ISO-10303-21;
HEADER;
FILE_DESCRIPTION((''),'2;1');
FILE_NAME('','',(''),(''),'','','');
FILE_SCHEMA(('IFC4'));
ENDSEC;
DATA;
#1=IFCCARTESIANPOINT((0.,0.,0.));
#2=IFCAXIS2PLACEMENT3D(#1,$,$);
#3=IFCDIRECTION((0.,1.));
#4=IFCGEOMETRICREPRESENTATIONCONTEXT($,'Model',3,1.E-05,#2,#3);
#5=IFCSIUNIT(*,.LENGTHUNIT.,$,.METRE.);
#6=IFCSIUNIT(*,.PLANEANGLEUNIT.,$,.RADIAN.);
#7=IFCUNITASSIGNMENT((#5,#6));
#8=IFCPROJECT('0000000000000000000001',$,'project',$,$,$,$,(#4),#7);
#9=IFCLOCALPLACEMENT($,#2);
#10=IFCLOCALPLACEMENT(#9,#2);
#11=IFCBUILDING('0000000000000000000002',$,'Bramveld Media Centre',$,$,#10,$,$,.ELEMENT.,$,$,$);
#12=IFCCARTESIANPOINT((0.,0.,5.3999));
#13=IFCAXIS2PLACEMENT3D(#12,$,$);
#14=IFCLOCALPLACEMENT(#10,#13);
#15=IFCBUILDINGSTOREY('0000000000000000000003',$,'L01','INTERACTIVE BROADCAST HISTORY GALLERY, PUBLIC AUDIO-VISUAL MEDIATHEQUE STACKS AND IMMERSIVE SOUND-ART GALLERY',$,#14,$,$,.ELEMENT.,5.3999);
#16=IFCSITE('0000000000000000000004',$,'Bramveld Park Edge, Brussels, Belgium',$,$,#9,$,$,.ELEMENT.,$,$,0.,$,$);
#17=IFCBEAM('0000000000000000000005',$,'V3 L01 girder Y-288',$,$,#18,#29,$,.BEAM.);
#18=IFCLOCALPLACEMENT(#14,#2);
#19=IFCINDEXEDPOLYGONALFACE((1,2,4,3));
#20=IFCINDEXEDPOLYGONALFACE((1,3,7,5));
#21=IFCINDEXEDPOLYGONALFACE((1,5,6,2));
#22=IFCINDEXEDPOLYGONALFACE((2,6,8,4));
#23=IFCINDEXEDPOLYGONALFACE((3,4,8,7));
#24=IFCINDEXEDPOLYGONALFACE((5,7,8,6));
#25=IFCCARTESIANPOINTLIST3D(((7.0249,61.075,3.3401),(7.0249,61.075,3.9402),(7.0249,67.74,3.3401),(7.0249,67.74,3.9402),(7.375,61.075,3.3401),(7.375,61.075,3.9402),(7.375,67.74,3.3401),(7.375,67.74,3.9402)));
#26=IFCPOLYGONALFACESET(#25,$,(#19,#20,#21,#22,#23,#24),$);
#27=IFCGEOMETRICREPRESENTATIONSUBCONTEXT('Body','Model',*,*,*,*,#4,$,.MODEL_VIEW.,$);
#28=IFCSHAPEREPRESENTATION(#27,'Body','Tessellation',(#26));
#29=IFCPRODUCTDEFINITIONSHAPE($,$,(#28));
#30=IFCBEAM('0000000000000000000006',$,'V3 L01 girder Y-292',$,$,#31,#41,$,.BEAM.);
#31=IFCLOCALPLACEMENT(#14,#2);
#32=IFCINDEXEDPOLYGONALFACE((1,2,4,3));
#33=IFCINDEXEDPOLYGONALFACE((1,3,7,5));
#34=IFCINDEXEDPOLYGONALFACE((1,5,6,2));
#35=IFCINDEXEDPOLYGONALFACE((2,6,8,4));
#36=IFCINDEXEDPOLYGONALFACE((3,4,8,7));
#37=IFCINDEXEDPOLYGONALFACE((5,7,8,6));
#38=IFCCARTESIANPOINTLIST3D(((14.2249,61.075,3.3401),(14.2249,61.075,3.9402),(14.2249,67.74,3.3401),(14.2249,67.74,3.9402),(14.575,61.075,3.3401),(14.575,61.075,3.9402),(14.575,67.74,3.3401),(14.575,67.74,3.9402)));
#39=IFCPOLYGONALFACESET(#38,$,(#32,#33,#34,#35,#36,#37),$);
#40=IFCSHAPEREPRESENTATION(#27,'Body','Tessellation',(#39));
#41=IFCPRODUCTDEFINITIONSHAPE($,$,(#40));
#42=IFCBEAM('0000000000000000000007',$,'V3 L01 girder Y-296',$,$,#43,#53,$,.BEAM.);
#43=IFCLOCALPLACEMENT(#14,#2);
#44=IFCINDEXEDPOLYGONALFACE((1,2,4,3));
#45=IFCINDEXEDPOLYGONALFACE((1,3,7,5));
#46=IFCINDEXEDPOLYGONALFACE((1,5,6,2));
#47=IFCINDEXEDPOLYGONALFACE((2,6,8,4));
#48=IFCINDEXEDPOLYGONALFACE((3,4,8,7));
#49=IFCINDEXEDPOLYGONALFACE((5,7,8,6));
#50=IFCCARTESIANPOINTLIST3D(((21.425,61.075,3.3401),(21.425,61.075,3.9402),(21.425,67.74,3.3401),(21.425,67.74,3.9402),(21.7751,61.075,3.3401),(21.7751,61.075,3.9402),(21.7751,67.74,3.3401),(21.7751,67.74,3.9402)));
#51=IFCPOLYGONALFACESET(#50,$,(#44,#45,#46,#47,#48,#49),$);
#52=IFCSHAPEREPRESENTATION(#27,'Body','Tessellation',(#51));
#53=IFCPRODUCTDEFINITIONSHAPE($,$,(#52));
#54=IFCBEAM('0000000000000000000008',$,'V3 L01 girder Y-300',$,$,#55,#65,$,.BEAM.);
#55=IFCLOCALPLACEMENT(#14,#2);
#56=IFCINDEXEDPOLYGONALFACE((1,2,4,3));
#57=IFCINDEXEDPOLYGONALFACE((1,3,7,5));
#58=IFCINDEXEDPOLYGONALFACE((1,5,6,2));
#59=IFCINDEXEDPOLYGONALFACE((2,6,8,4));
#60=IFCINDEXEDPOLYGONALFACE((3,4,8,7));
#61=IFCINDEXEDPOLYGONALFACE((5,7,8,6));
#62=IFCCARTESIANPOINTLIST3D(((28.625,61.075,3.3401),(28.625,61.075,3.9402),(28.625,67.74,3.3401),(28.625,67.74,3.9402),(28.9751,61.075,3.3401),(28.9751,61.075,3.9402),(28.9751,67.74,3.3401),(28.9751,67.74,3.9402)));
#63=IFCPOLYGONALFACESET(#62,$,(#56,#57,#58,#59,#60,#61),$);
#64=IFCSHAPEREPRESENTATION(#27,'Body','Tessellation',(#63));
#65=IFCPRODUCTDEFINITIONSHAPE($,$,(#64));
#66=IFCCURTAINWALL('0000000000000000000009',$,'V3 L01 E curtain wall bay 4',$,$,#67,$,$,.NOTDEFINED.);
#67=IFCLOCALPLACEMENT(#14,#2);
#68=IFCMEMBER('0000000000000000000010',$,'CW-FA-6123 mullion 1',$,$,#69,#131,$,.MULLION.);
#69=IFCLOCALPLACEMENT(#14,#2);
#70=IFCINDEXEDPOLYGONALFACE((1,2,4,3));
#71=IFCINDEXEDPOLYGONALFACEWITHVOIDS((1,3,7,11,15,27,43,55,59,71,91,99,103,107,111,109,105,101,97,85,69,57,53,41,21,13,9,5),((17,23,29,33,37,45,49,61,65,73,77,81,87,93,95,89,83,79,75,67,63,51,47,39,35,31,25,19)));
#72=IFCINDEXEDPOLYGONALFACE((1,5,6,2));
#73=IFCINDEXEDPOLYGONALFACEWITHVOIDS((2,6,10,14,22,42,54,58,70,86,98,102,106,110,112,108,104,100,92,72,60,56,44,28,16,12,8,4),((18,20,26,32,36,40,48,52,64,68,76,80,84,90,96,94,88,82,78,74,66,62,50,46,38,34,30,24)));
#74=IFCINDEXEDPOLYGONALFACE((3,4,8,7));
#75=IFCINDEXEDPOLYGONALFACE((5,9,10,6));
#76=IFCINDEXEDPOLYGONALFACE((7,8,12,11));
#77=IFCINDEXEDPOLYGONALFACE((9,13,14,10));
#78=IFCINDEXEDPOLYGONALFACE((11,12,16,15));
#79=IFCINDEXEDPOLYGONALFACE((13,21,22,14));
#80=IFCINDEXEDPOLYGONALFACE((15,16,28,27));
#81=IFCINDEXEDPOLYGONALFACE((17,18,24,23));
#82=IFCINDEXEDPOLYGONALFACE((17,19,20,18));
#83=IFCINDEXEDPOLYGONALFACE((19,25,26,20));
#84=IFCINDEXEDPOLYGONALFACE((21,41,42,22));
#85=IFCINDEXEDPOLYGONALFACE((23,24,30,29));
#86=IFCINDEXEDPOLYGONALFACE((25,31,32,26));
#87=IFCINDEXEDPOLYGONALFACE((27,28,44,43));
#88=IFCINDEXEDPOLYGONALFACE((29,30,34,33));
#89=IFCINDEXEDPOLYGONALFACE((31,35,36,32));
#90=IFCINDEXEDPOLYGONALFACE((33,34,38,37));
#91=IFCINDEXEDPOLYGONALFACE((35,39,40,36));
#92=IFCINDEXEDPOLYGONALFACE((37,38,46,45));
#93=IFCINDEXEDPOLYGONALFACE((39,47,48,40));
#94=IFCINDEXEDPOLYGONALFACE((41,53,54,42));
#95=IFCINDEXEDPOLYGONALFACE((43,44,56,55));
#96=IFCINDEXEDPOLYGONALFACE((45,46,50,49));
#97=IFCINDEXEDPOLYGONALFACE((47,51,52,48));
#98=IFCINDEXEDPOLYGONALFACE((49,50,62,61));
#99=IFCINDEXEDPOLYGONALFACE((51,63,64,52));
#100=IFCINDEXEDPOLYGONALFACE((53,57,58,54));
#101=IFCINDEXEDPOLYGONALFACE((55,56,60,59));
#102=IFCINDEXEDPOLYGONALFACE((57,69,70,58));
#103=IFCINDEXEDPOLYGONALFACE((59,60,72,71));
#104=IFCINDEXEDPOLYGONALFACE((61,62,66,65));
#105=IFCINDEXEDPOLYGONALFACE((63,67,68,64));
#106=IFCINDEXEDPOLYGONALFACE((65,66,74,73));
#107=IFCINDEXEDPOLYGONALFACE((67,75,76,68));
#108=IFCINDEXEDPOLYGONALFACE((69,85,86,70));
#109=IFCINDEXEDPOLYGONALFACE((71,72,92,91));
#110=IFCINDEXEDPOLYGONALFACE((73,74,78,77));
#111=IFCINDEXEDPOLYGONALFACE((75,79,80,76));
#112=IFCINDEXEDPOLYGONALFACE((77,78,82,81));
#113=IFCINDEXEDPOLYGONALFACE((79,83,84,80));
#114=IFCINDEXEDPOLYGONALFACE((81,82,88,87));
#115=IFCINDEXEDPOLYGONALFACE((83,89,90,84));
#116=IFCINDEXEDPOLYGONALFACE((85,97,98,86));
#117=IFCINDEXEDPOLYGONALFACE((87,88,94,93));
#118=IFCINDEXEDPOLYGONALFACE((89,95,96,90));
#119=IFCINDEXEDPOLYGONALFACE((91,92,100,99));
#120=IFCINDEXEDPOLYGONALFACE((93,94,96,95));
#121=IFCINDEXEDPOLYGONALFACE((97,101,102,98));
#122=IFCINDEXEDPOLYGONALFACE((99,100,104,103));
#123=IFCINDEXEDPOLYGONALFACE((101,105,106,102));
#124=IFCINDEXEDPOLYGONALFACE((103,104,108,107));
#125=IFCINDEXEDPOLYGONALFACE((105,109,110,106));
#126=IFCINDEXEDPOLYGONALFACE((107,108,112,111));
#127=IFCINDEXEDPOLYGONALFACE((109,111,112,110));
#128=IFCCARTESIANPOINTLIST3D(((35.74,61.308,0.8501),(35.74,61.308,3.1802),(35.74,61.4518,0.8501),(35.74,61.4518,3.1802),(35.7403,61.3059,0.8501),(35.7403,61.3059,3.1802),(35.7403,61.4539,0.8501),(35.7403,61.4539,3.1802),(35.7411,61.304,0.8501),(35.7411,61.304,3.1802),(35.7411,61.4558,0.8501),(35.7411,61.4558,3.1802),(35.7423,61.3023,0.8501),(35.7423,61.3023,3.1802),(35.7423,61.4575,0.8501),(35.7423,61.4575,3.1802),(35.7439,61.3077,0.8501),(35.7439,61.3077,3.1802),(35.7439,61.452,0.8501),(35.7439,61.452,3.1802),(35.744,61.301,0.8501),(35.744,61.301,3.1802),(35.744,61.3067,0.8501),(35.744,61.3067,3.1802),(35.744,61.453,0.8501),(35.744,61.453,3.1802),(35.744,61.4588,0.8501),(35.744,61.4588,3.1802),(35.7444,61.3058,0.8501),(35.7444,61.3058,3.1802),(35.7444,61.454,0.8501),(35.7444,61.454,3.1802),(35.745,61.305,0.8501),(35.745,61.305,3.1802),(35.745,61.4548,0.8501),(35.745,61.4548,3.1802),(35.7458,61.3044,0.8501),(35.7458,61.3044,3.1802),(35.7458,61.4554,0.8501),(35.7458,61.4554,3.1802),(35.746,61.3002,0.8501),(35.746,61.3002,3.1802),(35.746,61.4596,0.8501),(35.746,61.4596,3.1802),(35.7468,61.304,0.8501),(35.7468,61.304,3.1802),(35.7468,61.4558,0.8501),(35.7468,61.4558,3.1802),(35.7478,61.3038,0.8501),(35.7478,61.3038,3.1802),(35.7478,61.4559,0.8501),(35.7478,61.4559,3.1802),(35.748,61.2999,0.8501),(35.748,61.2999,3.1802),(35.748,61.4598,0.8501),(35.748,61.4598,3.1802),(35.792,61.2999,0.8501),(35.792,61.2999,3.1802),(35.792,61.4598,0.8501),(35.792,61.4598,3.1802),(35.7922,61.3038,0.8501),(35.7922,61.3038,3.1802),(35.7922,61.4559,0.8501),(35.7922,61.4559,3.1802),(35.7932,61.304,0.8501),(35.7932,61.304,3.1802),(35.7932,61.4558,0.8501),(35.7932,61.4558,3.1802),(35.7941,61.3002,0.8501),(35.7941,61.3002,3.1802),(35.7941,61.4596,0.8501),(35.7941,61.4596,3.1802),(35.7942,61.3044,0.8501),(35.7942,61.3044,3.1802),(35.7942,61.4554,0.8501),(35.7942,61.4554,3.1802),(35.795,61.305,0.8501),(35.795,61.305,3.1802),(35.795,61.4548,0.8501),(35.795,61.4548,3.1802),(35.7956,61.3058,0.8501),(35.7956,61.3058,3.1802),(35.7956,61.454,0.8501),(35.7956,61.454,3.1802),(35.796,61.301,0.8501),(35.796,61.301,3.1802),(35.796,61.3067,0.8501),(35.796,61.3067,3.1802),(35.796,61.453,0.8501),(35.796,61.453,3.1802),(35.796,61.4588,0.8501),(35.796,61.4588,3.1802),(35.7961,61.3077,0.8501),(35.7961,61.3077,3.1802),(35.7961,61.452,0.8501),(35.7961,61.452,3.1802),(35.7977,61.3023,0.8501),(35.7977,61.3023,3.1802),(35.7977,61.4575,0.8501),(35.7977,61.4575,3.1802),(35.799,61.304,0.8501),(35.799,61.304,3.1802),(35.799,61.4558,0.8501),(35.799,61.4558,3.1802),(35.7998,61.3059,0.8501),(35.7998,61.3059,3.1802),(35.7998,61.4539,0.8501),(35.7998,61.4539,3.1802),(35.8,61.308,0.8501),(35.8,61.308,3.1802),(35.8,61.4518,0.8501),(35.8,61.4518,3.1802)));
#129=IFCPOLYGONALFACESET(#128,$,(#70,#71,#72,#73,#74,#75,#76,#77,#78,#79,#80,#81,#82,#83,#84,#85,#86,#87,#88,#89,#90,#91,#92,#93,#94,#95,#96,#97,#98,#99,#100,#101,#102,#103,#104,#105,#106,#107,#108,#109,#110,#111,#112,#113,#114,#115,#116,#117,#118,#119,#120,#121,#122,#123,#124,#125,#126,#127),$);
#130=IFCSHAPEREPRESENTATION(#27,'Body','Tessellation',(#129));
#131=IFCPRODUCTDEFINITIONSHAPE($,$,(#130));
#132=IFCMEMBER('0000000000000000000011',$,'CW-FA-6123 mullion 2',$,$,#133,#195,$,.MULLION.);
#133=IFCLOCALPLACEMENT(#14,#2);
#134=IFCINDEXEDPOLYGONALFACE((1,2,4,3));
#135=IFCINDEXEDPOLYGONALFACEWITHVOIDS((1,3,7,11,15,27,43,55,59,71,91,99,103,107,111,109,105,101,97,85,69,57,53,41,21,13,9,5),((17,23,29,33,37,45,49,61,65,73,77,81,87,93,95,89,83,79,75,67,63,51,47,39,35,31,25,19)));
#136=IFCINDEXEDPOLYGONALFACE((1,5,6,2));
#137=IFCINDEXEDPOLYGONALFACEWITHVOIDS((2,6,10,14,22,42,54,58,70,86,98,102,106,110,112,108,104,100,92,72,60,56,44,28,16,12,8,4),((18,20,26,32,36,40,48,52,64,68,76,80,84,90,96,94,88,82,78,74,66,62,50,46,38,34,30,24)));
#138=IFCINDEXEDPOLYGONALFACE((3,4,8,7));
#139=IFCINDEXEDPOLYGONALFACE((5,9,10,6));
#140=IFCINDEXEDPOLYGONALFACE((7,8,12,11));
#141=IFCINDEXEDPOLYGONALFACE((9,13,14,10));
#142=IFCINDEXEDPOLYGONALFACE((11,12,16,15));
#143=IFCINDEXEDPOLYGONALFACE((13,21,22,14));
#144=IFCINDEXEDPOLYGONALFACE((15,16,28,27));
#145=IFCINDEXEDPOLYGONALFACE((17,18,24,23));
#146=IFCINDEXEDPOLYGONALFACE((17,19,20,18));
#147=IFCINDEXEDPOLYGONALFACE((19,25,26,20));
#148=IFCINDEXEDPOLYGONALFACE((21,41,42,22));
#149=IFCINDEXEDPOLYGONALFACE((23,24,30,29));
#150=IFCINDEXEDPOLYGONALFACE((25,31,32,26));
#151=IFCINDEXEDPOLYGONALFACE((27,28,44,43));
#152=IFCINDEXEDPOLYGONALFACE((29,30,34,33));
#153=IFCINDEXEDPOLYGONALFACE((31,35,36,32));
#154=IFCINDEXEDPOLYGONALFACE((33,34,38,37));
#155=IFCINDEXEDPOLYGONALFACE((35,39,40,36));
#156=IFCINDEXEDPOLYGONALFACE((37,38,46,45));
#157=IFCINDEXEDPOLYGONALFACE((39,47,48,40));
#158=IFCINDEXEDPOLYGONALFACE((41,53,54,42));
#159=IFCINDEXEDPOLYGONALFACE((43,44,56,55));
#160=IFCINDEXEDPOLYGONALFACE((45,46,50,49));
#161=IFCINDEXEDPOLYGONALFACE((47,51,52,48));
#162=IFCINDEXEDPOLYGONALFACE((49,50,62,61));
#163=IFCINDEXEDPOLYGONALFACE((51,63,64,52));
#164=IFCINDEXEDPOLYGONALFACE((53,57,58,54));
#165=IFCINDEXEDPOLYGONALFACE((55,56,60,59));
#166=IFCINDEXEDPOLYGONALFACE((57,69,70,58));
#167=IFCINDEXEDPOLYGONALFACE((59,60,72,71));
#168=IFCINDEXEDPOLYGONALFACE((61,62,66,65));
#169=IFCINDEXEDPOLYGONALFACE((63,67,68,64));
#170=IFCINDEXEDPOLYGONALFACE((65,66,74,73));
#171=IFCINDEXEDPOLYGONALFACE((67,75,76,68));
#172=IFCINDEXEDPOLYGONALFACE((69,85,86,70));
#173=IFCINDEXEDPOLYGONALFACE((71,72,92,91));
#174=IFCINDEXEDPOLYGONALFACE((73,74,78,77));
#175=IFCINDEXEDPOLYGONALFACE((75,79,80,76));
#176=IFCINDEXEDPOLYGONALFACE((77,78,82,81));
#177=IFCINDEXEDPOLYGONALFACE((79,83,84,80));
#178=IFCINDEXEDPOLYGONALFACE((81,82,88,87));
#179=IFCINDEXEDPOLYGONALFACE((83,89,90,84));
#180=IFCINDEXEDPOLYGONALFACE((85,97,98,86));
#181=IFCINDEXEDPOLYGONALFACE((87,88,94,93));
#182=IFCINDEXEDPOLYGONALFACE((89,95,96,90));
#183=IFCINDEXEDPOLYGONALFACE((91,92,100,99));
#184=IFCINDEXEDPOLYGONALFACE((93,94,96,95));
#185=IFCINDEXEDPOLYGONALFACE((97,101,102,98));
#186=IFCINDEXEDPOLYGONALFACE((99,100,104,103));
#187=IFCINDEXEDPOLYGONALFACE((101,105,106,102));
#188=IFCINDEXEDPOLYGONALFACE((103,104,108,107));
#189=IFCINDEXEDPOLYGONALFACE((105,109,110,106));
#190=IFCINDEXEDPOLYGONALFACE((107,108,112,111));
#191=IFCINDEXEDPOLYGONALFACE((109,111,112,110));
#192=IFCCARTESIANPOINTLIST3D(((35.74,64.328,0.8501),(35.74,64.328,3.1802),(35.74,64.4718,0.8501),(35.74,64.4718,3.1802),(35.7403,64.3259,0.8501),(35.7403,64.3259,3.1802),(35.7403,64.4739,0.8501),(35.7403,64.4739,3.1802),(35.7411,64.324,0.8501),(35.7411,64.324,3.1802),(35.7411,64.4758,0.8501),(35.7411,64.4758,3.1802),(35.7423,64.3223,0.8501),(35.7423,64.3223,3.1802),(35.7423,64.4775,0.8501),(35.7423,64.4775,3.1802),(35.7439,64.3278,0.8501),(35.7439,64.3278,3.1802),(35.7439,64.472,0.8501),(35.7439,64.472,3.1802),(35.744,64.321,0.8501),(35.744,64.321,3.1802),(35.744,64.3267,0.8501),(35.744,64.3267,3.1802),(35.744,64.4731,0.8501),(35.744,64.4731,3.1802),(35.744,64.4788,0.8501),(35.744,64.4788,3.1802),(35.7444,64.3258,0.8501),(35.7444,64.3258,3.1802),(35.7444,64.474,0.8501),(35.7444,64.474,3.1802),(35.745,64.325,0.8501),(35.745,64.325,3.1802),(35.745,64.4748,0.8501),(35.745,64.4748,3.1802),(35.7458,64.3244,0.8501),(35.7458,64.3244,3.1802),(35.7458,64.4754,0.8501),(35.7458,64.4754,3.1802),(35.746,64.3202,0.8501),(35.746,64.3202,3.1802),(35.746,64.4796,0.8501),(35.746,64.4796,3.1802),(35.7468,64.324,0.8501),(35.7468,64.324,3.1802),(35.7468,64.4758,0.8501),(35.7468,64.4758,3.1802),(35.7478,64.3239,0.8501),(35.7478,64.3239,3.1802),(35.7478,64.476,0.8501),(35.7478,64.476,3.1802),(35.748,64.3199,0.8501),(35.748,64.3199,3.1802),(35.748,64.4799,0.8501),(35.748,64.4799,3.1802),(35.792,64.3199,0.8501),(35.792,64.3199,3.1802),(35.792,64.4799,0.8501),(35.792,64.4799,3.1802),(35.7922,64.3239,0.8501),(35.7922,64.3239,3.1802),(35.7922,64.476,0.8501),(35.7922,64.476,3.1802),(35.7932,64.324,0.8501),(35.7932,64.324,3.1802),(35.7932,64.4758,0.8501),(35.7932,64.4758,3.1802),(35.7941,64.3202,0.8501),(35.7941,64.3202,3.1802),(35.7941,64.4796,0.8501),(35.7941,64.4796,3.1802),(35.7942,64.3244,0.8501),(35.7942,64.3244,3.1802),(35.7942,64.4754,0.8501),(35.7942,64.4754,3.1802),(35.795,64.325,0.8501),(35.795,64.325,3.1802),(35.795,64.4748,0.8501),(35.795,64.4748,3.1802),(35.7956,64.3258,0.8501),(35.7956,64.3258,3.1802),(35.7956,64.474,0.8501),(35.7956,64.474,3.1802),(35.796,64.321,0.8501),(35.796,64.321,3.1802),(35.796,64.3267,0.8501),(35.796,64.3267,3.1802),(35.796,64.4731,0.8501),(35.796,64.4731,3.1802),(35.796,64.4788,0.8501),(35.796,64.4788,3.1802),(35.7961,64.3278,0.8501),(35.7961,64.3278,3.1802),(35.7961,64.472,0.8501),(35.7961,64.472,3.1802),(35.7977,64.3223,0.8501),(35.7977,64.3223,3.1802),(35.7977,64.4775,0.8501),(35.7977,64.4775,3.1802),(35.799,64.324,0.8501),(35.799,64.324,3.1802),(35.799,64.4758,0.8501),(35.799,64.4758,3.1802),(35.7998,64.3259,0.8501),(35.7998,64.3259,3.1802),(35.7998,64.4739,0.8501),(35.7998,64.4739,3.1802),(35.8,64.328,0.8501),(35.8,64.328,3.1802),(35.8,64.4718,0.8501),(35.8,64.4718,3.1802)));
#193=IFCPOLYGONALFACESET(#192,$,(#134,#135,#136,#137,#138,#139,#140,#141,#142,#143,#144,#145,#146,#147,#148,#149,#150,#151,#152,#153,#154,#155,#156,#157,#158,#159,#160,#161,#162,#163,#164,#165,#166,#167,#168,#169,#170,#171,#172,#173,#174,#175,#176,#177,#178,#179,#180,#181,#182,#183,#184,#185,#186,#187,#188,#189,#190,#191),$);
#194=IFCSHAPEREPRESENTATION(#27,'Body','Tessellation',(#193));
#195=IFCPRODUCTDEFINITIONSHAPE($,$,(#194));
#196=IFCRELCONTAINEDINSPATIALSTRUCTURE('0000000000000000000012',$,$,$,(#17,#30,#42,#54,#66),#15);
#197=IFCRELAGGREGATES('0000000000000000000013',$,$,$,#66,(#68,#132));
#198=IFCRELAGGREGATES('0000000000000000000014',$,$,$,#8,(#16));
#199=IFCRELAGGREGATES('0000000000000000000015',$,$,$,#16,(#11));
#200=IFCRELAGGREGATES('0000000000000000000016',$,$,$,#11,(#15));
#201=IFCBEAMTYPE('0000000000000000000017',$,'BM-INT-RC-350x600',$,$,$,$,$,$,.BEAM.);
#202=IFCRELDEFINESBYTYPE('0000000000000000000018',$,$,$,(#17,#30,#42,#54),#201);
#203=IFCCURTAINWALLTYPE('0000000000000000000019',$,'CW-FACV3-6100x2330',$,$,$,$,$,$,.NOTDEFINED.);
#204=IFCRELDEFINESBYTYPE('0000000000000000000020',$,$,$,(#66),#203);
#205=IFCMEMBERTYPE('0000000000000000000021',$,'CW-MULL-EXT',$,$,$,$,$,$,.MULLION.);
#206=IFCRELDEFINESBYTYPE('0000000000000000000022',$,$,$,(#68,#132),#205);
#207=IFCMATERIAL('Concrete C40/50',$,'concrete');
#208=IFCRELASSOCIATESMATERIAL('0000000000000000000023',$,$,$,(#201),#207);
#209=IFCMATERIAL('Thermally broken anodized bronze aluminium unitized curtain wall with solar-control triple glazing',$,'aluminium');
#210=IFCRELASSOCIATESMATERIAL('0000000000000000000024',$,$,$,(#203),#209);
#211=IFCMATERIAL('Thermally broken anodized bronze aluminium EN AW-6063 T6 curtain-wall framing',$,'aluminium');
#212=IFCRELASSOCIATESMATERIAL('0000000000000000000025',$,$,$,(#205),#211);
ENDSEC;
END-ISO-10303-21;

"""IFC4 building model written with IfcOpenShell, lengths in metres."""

from ifc_helpers import new_model, si_unit, direction, frame, origin, origin_2d, place, context, subcontext, project, spatial, rectangle, hollow_rectangle, extrude, material, material_profile, profile_set, type_object, element, aggregate, save


model = new_model("IFC4")

# Units and contexts
model_context = context("Model", 3, precision=1e-05, world=origin(), true_north=direction((0.0, 1.0)))
body_context = subcontext(model_context, "Body", "Model", "MODEL_VIEW")
ifc_project = project(units=[si_unit("LENGTHUNIT", "METRE"), si_unit("PLANEANGLEUNIT", "RADIAN")], contexts=[model_context])

# Site, building, storey
site_placement = place(None, origin())
site = spatial("IfcSite", under=ifc_project, at=site_placement, Name="Bramveld Park Edge, Brussels, Belgium", CompositionType="ELEMENT", RefElevation=0.0)
building_placement = place(site_placement, origin())
building = spatial("IfcBuilding", under=site, at=building_placement, Name="Bramveld Media Centre", CompositionType="ELEMENT")
storey_placement = place(building_placement, frame((0.0, 0.0, 5.3999)))
storey = spatial("IfcBuildingStorey", under=building, at=storey_placement, Name="L01", Description="INTERACTIVE BROADCAST HISTORY GALLERY, PUBLIC AUDIO-VISUAL MEDIATHEQUE STACKS AND IMMERSIVE SOUND-ART GALLERY", CompositionType="ELEMENT", Elevation=5.3999)

# Beams
ifc_material_1 = material(Name="Concrete C40/50", Category="concrete")
ifc_material_profile_1 = material_profile(ifc_material_1, rectangle(XDim=0.3501, YDim=0.6001, at=origin_2d()), Name="RC 350x600")
ifc_profile_set_1 = profile_set([ifc_material_profile_1], Name="Concrete C40/50")
beam_type_1 = type_object("IfcBeamType", Name="BM-INT-RC-350x600", PredefinedType="BEAM", material=ifc_profile_set_1)
for number, where, z_axis, x_axis, name in (
    (1, (7.2, 61.075, 3.6401), (0.0, 1.0, 0.0), (-1.0, 0.0, 0.0), "V3 L01 girder Y-288"),
    (2, (14.3999, 61.075, 3.6401), (0.0, 1.0, 0.0), (-1.0, 0.0, 0.0), "V3 L01 girder Y-292"),
    (3, (21.6001, 61.075, 3.6401), (0.0, 1.0, 0.0), (-1.0, 0.0, 0.0), "V3 L01 girder Y-296"),
    (4, (28.8, 61.075, 3.6401), (0.0, 1.0, 0.0), (-1.0, 0.0, 0.0), "V3 L01 girder Y-300"),
):
    element("IfcBeam", number, at=place(storey_placement, frame(where, z_axis=z_axis, x_axis=x_axis)), inside=storey, type_object=beam_type_1, Name=name, PredefinedType="BEAM", context=body_context, shape_type="SweptSolid", body=[
        extrude(rectangle(XDim=0.3501, YDim=0.6001, at=origin_2d()), origin(), (0.0, 0.0, 1.0), 6.665),
    ])

# Curtain wall, members
ifc_material_2 = material(Name="Thermally broken anodized bronze aluminium unitized curtain wall with solar-control triple glazing", Category="aluminium")
curtain_wall_type = type_object("IfcCurtainWallType", Name="CW-FACV3-6100x2330", PredefinedType="NOTDEFINED", material=ifc_material_2)
curtain_wall_placement = place(storey_placement, origin())
curtain_wall = element("IfcCurtainWall", 5, at=curtain_wall_placement, inside=storey, type_object=curtain_wall_type, Name="V3 L01 E curtain wall bay 4", PredefinedType="NOTDEFINED")
ifc_material_3 = material(Name="Thermally broken anodized bronze aluminium EN AW-6063 T6 curtain-wall framing", Category="aluminium")
ifc_material_profile_2 = material_profile(ifc_material_3, hollow_rectangle(XDim=0.0601, YDim=0.1599, WallThickness=0.0039, InnerFilletRadius=0.0039, OuterFilletRadius=0.0081, at=origin_2d()), Name="AL-MULL 60x160")
ifc_profile_set_2 = profile_set([ifc_material_profile_2], Name="Thermally broken anodized bronze aluminium EN AW-6063 T6 curtain-wall framing")
member_type_1 = type_object("IfcMemberType", Name="CW-MULL-EXT", PredefinedType="MULLION", material=ifc_profile_set_2)
member_1_placement = place(storey_placement, frame((35.77, 61.3799, 0.8501), z_axis=(0.0, 0.0, 1.0), x_axis=(-1.0, 0.0, 0.0)))
member_1 = element("IfcMember", 6, at=member_1_placement, type_object=member_type_1, Name="CW-FA-6123 mullion 1", PredefinedType="MULLION", context=body_context, shape_type="SweptSolid", body=[
    extrude(hollow_rectangle(XDim=0.0601, YDim=0.1599, WallThickness=0.0039, InnerFilletRadius=0.0039, OuterFilletRadius=0.0081, at=origin_2d()), origin(), (0.0, 0.0, 1.0), 2.3301),
])
member_2_placement = place(storey_placement, frame((35.77, 64.3999, 0.8501), z_axis=(0.0, 0.0, 1.0), x_axis=(-1.0, 0.0, 0.0)))
member_2 = element("IfcMember", 7, at=member_2_placement, type_object=member_type_1, Name="CW-FA-6123 mullion 2", PredefinedType="MULLION", context=body_context, shape_type="SweptSolid", body=[
    extrude(hollow_rectangle(XDim=0.0601, YDim=0.1599, WallThickness=0.0039, InnerFilletRadius=0.0039, OuterFilletRadius=0.0081, at=origin_2d()), origin(), (0.0, 0.0, 1.0), 2.3301),
])

aggregate(curtain_wall, [member_1, member_2])

save(model, "model.ifc")
